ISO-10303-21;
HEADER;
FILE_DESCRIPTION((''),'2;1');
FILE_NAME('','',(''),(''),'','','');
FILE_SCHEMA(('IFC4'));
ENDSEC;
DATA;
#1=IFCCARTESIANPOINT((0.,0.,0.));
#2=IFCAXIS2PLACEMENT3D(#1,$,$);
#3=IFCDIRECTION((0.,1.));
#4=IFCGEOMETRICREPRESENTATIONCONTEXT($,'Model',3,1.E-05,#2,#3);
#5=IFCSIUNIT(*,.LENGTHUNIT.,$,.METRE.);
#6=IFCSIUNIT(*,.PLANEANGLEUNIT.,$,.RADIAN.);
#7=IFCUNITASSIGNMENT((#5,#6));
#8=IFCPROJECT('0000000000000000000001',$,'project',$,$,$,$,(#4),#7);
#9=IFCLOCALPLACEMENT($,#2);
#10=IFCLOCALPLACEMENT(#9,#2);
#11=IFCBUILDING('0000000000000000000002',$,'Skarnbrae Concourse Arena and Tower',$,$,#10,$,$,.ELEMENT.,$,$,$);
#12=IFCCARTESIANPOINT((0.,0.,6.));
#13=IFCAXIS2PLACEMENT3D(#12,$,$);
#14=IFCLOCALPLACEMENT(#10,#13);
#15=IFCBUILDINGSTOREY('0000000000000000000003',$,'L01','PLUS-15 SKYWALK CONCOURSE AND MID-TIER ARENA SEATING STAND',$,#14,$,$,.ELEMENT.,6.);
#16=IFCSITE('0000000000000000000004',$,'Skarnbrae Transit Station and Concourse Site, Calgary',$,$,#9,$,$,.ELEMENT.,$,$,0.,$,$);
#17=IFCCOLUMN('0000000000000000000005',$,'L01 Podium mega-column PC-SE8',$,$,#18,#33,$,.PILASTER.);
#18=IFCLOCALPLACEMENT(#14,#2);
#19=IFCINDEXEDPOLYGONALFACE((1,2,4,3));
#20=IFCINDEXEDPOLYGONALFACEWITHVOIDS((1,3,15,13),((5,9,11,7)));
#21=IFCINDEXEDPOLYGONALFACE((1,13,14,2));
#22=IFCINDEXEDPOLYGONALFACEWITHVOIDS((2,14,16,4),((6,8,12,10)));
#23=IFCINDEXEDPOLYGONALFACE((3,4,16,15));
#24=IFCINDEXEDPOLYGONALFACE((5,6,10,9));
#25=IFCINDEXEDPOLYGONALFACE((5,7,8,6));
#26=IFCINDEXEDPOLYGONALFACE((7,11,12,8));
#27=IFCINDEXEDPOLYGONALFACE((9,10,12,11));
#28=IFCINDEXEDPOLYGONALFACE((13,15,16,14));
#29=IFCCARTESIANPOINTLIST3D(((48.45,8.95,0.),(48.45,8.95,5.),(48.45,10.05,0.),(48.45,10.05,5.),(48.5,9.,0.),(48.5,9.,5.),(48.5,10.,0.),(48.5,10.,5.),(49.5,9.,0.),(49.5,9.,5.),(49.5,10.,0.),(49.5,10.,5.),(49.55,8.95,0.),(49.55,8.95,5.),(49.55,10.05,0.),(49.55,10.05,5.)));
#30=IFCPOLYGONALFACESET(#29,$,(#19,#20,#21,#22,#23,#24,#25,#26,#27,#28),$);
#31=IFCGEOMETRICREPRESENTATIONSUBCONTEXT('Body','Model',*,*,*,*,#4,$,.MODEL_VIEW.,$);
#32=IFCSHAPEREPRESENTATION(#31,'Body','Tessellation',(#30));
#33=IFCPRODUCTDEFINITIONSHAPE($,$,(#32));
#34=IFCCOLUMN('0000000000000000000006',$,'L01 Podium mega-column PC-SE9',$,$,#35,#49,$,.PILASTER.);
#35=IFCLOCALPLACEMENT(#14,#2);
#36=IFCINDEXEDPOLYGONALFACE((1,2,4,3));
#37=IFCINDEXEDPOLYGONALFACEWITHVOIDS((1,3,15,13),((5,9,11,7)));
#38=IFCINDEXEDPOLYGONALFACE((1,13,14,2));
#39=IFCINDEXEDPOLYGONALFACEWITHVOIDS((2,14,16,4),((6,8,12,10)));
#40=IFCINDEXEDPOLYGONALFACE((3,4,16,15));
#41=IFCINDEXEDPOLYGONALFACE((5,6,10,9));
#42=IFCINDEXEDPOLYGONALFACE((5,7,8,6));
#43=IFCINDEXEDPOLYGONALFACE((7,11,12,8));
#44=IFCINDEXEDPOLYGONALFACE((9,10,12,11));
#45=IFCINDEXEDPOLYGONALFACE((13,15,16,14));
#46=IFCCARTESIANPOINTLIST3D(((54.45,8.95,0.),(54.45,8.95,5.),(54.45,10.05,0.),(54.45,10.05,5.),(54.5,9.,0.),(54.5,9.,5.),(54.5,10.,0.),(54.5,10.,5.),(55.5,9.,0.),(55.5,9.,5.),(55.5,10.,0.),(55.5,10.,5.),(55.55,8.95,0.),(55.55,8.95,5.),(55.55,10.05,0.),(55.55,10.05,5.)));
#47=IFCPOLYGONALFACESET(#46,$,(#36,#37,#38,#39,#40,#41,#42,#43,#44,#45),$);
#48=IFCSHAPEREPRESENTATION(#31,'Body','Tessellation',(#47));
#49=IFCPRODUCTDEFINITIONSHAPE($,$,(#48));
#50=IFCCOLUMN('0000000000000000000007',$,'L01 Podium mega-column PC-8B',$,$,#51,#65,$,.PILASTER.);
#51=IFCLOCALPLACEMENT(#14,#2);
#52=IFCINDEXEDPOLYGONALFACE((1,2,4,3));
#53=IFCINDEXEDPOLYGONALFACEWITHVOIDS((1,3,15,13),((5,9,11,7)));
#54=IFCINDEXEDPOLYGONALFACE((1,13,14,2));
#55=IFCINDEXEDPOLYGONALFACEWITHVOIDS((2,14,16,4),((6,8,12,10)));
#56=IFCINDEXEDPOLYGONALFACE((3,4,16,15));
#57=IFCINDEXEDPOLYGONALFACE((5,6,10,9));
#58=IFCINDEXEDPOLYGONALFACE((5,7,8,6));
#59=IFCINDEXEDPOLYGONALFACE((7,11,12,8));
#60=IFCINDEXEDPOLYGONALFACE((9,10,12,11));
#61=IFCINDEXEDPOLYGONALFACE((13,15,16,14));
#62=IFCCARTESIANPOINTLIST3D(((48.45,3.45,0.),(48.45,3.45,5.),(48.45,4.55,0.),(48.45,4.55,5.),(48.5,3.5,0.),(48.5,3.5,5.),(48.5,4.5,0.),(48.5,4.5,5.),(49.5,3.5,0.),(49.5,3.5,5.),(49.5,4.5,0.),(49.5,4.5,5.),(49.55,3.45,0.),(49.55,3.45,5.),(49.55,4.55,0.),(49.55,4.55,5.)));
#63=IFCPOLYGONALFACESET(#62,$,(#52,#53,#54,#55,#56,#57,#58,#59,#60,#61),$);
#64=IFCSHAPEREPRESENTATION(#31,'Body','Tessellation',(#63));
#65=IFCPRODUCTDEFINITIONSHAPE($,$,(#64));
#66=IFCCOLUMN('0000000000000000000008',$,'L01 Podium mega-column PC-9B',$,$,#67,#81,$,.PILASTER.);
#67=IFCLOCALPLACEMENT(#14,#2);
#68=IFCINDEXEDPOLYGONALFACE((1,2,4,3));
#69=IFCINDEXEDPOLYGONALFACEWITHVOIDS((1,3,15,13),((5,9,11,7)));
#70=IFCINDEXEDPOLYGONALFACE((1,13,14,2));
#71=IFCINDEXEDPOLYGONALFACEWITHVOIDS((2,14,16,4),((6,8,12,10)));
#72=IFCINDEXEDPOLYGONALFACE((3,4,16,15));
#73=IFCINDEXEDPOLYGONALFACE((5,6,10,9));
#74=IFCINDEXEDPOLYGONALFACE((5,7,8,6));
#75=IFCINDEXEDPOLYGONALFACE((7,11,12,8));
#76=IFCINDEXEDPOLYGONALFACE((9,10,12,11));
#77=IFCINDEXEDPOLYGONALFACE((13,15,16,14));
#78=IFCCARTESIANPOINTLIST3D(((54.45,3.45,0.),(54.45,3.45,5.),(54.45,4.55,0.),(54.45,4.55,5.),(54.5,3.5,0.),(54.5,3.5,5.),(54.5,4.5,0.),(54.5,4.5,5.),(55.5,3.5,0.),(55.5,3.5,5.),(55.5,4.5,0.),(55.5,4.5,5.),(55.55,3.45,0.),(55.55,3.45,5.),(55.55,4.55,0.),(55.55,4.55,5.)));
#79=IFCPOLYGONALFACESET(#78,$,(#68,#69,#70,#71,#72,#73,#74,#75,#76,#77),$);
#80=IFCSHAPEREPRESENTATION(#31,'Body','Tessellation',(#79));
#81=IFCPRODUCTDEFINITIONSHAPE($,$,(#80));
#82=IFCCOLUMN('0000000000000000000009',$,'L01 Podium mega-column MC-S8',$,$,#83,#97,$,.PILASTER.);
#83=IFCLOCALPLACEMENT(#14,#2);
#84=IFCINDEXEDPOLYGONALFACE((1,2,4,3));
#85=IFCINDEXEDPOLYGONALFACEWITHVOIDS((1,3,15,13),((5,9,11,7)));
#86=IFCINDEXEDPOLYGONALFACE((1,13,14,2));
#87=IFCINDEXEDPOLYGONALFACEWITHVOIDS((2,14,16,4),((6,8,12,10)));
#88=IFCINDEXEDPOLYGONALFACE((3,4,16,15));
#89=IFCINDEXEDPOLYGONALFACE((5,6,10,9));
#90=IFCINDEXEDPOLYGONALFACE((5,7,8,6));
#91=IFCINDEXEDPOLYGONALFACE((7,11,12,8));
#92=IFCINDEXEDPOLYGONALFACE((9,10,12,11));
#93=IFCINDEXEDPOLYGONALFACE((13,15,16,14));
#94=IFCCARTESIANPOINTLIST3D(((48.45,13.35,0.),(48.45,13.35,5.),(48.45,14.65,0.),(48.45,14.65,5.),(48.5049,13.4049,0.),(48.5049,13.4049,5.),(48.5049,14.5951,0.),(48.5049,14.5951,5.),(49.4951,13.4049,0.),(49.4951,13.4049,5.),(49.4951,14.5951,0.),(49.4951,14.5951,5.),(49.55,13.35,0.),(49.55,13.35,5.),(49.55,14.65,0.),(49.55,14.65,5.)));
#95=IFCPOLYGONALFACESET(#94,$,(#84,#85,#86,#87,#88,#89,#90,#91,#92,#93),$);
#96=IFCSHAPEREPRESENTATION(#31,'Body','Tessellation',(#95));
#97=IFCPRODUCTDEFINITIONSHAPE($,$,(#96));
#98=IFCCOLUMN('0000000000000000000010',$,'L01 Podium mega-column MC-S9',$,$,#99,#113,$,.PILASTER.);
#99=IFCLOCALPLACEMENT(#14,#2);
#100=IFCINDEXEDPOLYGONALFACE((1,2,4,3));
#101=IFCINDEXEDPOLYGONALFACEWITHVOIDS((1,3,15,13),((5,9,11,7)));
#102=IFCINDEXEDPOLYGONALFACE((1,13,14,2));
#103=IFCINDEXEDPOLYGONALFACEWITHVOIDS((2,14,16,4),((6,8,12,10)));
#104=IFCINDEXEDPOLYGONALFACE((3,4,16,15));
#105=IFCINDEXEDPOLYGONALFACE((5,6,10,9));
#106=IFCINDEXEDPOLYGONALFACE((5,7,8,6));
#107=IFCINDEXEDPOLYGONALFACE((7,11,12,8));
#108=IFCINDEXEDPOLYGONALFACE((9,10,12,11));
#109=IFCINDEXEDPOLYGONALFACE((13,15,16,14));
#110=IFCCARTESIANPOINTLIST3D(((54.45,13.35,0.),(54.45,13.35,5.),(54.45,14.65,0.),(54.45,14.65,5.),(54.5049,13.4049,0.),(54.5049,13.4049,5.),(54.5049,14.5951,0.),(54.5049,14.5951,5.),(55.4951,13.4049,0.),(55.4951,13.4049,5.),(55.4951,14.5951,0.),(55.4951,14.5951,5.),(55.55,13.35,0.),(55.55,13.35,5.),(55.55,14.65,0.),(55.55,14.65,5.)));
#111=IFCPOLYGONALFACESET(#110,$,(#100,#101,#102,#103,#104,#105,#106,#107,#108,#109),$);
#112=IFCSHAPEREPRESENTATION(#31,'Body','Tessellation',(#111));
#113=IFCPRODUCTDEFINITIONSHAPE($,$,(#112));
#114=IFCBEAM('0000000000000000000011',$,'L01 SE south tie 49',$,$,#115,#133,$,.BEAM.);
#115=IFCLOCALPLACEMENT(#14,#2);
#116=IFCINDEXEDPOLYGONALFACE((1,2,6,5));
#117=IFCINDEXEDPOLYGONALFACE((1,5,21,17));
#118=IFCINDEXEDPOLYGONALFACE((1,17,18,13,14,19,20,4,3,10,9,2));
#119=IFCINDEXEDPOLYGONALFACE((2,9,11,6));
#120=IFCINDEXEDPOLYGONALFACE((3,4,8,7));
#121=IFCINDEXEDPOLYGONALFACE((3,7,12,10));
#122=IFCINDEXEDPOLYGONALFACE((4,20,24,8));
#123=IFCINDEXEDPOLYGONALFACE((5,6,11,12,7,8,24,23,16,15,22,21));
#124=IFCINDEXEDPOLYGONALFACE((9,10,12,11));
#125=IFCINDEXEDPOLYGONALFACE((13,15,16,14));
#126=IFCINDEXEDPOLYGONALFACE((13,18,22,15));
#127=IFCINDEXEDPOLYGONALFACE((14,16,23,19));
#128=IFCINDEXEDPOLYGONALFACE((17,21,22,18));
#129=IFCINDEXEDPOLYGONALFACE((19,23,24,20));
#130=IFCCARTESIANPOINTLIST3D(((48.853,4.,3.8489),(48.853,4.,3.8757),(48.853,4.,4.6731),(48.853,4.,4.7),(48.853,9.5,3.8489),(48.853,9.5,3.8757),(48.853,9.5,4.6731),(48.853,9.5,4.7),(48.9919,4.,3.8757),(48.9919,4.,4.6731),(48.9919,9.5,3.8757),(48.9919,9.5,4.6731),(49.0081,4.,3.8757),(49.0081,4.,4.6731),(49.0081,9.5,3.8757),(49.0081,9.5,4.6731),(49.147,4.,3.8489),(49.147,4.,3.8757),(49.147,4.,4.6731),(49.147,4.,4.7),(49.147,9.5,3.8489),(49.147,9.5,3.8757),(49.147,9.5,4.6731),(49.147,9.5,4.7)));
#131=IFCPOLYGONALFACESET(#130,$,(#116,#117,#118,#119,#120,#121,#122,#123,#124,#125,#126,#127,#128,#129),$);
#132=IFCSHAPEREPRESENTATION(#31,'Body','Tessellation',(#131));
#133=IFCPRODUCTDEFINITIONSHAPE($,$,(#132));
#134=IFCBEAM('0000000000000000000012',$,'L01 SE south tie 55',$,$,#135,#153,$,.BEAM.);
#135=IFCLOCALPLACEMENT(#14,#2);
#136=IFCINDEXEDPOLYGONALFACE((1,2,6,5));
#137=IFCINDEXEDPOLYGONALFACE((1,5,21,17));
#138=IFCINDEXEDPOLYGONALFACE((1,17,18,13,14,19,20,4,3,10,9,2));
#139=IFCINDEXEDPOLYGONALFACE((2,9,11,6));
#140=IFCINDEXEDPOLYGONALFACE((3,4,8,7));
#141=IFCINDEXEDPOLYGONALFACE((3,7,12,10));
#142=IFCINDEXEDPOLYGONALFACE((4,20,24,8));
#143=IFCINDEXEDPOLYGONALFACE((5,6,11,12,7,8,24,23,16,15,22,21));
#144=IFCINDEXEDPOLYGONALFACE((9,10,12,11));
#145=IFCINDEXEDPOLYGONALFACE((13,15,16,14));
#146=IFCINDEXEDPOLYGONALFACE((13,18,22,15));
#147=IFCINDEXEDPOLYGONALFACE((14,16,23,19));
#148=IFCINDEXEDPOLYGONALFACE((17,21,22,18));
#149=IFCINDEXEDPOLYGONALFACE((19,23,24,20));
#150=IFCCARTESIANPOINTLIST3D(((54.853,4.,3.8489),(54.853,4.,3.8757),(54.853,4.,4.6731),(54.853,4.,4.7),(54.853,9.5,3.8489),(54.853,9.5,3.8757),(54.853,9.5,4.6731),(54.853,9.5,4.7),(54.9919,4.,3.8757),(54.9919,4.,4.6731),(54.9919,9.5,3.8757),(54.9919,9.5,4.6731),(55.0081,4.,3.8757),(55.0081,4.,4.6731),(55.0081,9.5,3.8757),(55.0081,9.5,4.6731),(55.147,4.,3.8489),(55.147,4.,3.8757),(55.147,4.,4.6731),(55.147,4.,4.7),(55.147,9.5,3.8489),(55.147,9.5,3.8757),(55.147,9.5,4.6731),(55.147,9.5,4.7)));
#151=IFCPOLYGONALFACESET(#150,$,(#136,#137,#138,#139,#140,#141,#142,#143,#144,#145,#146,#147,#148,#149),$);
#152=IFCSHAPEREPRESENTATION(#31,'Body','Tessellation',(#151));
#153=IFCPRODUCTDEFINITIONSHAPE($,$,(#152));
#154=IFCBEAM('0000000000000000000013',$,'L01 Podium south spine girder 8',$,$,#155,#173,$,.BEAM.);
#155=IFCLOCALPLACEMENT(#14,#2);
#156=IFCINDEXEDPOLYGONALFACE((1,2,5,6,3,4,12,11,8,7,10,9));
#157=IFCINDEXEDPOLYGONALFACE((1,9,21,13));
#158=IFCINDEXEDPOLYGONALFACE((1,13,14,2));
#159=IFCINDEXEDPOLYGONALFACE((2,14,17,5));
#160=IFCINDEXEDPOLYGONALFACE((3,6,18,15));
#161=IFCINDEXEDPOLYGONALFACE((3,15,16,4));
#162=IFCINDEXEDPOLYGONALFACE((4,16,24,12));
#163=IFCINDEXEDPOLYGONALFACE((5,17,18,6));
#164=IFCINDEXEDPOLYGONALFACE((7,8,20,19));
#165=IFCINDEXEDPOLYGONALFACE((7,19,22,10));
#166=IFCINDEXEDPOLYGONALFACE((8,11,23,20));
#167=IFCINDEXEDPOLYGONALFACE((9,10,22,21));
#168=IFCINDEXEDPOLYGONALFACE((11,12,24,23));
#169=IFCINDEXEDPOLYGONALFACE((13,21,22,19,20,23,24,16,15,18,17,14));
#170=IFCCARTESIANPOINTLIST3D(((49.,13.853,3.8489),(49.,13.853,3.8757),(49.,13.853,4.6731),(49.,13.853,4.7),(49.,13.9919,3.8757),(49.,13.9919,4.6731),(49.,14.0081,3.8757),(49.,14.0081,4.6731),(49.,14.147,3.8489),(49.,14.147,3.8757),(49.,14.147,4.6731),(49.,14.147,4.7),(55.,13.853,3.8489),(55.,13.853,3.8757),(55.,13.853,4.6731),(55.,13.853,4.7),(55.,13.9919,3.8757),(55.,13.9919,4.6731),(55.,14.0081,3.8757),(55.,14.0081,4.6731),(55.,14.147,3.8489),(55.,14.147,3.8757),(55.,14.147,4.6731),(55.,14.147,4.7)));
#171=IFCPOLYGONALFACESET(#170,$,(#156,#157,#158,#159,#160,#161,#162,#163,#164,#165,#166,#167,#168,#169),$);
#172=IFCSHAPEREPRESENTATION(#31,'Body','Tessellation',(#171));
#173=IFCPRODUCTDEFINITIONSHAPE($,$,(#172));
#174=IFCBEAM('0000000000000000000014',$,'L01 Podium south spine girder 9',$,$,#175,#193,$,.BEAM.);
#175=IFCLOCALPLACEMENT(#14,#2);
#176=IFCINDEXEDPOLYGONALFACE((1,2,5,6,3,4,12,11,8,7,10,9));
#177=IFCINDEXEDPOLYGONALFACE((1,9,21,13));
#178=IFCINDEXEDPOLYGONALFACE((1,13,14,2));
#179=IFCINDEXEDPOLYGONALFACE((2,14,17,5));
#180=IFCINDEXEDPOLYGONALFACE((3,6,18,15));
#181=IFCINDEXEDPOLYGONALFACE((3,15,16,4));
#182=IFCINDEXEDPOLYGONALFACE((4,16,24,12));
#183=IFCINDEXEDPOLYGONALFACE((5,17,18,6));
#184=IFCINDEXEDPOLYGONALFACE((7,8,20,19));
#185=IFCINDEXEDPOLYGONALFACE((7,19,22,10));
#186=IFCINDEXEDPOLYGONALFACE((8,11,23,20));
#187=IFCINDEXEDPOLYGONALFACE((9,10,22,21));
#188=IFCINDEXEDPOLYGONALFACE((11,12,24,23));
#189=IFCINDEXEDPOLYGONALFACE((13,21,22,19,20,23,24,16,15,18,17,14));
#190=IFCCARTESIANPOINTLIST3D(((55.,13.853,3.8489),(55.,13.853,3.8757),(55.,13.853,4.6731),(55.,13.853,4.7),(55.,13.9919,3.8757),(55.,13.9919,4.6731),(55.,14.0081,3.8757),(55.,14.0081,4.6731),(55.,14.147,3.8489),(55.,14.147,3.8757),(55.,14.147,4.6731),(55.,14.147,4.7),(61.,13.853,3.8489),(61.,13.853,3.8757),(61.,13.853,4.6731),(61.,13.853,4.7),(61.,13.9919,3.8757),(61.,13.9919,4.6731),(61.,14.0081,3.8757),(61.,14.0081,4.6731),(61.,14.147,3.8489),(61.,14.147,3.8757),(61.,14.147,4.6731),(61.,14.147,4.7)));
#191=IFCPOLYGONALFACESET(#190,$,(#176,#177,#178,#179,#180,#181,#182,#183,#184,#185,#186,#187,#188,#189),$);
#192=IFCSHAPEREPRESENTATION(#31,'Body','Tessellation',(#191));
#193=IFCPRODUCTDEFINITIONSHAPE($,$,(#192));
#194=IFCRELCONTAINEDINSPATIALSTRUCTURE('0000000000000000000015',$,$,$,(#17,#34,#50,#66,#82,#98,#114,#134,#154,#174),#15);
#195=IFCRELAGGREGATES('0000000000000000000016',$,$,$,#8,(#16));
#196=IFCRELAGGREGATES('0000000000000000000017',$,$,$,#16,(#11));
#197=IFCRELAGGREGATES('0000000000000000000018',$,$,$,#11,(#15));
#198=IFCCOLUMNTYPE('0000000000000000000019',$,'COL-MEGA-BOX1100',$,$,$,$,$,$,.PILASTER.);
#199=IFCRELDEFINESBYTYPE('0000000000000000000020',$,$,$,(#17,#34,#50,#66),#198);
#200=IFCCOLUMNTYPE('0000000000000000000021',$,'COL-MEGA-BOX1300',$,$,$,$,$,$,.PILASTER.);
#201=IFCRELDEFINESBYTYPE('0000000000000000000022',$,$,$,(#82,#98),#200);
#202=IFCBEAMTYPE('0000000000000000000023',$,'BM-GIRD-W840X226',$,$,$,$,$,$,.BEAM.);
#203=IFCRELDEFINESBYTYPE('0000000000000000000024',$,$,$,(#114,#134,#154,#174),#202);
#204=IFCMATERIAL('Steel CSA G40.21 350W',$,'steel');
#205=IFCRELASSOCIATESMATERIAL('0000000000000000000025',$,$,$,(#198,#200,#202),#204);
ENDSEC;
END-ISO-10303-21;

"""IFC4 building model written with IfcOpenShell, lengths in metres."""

from ifc_helpers import new_model, si_unit, direction, frame, origin, origin_2d, place, context, subcontext, project, spatial, hollow_rectangle, i_section, extrude, source, transform, mapped, material, material_profile, profile_set, type_object, element, save


model = new_model("IFC4")

# Units and contexts
model_context = context("Model", 3, precision=1e-05, world=origin(), true_north=direction((0.0, 1.0)))
body_context = subcontext(model_context, "Body", "Model", "MODEL_VIEW")
ifc_project = project(units=[si_unit("LENGTHUNIT", "METRE"), si_unit("PLANEANGLEUNIT", "RADIAN")], contexts=[model_context])

# Site, building, storey
site_placement = place(None, origin())
site = spatial("IfcSite", under=ifc_project, at=site_placement, Name="Skarnbrae Transit Station and Concourse Site, Calgary", CompositionType="ELEMENT", RefElevation=0.0)
building_placement = place(site_placement, origin())
building = spatial("IfcBuilding", under=site, at=building_placement, Name="Skarnbrae Concourse Arena and Tower", CompositionType="ELEMENT")
storey_placement = place(building_placement, frame((0.0, 0.0, 6.0)))
storey = spatial("IfcBuildingStorey", under=building, at=storey_placement, Name="L01", Description="PLUS-15 SKYWALK CONCOURSE AND MID-TIER ARENA SEATING STAND", CompositionType="ELEMENT", Elevation=6.0)

# Columns
ifc_material_1 = material(Name="Steel CSA G40.21 350W", Category="steel")
ifc_material_profile_1 = material_profile(ifc_material_1, hollow_rectangle(XDim=1.1001, YDim=1.1001, WallThickness=0.05, at=origin_2d()), Name="BOX1100X1100X50")
ifc_profile_set_1 = profile_set([ifc_material_profile_1], Name="Steel CSA G40.21 350W")
column_type_1 = type_object("IfcColumnType", Name="COL-MEGA-BOX1100", PredefinedType="PILASTER", material=ifc_profile_set_1)
shared_shape_1 = source(origin(), body_context, "Body", "SweptSolid", [
    extrude(hollow_rectangle(XDim=1.1001, YDim=1.1001, WallThickness=0.05, at=origin_2d()), origin(), (0.0, 0.0, 1.0), 5.0),
])
for number, where, z_axis, x_axis, name in (
    (1, (49.0, 9.5, 0.0), (0.0, 0.0, 1.0), (1.0, 0.0, 0.0), "L01 Podium mega-column PC-SE8"),
    (2, (55.0, 9.5, 0.0), (0.0, 0.0, 1.0), (1.0, 0.0, 0.0), "L01 Podium mega-column PC-SE9"),
    (3, (49.0, 4.0, 0.0), (0.0, 0.0, 1.0), (1.0, 0.0, 0.0), "L01 Podium mega-column PC-8B"),
    (4, (55.0, 4.0, 0.0), (0.0, 0.0, 1.0), (1.0, 0.0, 0.0), "L01 Podium mega-column PC-9B"),
):
    element("IfcColumn", number, at=place(storey_placement, frame(where, z_axis=z_axis, x_axis=x_axis)), inside=storey, type_object=column_type_1, Name=name, PredefinedType="PILASTER", context=body_context, shape_type="MappedRepresentation", body=[
        mapped(shared_shape_1, transform((0.0, 0.0, 0.0))),
    ])
ifc_material_profile_2 = material_profile(ifc_material_1, hollow_rectangle(XDim=1.1001, YDim=1.3, WallThickness=0.0549, at=origin_2d()), Name="BOX1300X1100X55")
ifc_profile_set_2 = profile_set([ifc_material_profile_2], Name="Steel CSA G40.21 350W")
column_type_2 = type_object("IfcColumnType", Name="COL-MEGA-BOX1300", PredefinedType="PILASTER", material=ifc_profile_set_2)
shared_shape_2 = source(origin(), body_context, "Body", "SweptSolid", [
    extrude(hollow_rectangle(XDim=1.1001, YDim=1.3, WallThickness=0.0549, at=origin_2d()), origin(), (0.0, 0.0, 1.0), 5.0),
])
for number, where, z_axis, x_axis, name in (
    (5, (49.0, 14.0, 0.0), (0.0, 0.0, 1.0), (1.0, 0.0, 0.0), "L01 Podium mega-column MC-S8"),
    (6, (55.0, 14.0, 0.0), (0.0, 0.0, 1.0), (1.0, 0.0, 0.0), "L01 Podium mega-column MC-S9"),
):
    element("IfcColumn", number, at=place(storey_placement, frame(where, z_axis=z_axis, x_axis=x_axis)), inside=storey, type_object=column_type_2, Name=name, PredefinedType="PILASTER", context=body_context, shape_type="MappedRepresentation", body=[
        mapped(shared_shape_2, transform((0.0, 0.0, 0.0))),
    ])

# Beams
ifc_material_profile_3 = material_profile(ifc_material_1, i_section(OverallWidth=0.2939, OverallDepth=0.8511, WebThickness=0.0161, FlangeThickness=0.0269, at=origin_2d()), Name="W840X226")
ifc_profile_set_3 = profile_set([ifc_material_profile_3], Name="Steel CSA G40.21 350W")
beam_type = type_object("IfcBeamType", Name="BM-GIRD-W840X226", PredefinedType="BEAM", material=ifc_profile_set_3)
shared_shape_3 = source(origin(), body_context, "Body", "SweptSolid", [
    extrude(i_section(OverallWidth=0.2939, OverallDepth=0.8511, WebThickness=0.0161, FlangeThickness=0.0269, at=origin_2d()), origin(), (0.0, 0.0, 1.0), 5.5),
])
for number, where, z_axis, x_axis, name in (
    (7, (49.0, 4.0, 4.2744), (0.0, 1.0, 0.0), (-1.0, 0.0, 0.0), "L01 SE south tie 49"),
    (8, (55.0, 4.0, 4.2744), (0.0, 1.0, 0.0), (-1.0, 0.0, 0.0), "L01 SE south tie 55"),
):
    element("IfcBeam", number, at=place(storey_placement, frame(where, z_axis=z_axis, x_axis=x_axis)), inside=storey, type_object=beam_type, Name=name, PredefinedType="BEAM", context=body_context, shape_type="MappedRepresentation", body=[
        mapped(shared_shape_3, transform((0.0, 0.0, 0.0))),
    ])
shared_shape_4 = source(origin(), body_context, "Body", "SweptSolid", [
    extrude(i_section(OverallWidth=0.2939, OverallDepth=0.8511, WebThickness=0.0161, FlangeThickness=0.0269, at=origin_2d()), origin(), (0.0, 0.0, 1.0), 6.0),
])
for number, where, z_axis, x_axis, name in (
    (9, (49.0, 14.0, 4.2744), (1.0, 0.0, 0.0), (0.0, 1.0, 0.0), "L01 Podium south spine girder 8"),
    (10, (55.0, 14.0, 4.2744), (1.0, 0.0, 0.0), (0.0, 1.0, 0.0), "L01 Podium south spine girder 9"),
):
    element("IfcBeam", number, at=place(storey_placement, frame(where, z_axis=z_axis, x_axis=x_axis)), inside=storey, type_object=beam_type, Name=name, PredefinedType="BEAM", context=body_context, shape_type="MappedRepresentation", body=[
        mapped(shared_shape_4, transform((0.0, 0.0, 0.0))),
    ])

save(model, "model.ifc")
